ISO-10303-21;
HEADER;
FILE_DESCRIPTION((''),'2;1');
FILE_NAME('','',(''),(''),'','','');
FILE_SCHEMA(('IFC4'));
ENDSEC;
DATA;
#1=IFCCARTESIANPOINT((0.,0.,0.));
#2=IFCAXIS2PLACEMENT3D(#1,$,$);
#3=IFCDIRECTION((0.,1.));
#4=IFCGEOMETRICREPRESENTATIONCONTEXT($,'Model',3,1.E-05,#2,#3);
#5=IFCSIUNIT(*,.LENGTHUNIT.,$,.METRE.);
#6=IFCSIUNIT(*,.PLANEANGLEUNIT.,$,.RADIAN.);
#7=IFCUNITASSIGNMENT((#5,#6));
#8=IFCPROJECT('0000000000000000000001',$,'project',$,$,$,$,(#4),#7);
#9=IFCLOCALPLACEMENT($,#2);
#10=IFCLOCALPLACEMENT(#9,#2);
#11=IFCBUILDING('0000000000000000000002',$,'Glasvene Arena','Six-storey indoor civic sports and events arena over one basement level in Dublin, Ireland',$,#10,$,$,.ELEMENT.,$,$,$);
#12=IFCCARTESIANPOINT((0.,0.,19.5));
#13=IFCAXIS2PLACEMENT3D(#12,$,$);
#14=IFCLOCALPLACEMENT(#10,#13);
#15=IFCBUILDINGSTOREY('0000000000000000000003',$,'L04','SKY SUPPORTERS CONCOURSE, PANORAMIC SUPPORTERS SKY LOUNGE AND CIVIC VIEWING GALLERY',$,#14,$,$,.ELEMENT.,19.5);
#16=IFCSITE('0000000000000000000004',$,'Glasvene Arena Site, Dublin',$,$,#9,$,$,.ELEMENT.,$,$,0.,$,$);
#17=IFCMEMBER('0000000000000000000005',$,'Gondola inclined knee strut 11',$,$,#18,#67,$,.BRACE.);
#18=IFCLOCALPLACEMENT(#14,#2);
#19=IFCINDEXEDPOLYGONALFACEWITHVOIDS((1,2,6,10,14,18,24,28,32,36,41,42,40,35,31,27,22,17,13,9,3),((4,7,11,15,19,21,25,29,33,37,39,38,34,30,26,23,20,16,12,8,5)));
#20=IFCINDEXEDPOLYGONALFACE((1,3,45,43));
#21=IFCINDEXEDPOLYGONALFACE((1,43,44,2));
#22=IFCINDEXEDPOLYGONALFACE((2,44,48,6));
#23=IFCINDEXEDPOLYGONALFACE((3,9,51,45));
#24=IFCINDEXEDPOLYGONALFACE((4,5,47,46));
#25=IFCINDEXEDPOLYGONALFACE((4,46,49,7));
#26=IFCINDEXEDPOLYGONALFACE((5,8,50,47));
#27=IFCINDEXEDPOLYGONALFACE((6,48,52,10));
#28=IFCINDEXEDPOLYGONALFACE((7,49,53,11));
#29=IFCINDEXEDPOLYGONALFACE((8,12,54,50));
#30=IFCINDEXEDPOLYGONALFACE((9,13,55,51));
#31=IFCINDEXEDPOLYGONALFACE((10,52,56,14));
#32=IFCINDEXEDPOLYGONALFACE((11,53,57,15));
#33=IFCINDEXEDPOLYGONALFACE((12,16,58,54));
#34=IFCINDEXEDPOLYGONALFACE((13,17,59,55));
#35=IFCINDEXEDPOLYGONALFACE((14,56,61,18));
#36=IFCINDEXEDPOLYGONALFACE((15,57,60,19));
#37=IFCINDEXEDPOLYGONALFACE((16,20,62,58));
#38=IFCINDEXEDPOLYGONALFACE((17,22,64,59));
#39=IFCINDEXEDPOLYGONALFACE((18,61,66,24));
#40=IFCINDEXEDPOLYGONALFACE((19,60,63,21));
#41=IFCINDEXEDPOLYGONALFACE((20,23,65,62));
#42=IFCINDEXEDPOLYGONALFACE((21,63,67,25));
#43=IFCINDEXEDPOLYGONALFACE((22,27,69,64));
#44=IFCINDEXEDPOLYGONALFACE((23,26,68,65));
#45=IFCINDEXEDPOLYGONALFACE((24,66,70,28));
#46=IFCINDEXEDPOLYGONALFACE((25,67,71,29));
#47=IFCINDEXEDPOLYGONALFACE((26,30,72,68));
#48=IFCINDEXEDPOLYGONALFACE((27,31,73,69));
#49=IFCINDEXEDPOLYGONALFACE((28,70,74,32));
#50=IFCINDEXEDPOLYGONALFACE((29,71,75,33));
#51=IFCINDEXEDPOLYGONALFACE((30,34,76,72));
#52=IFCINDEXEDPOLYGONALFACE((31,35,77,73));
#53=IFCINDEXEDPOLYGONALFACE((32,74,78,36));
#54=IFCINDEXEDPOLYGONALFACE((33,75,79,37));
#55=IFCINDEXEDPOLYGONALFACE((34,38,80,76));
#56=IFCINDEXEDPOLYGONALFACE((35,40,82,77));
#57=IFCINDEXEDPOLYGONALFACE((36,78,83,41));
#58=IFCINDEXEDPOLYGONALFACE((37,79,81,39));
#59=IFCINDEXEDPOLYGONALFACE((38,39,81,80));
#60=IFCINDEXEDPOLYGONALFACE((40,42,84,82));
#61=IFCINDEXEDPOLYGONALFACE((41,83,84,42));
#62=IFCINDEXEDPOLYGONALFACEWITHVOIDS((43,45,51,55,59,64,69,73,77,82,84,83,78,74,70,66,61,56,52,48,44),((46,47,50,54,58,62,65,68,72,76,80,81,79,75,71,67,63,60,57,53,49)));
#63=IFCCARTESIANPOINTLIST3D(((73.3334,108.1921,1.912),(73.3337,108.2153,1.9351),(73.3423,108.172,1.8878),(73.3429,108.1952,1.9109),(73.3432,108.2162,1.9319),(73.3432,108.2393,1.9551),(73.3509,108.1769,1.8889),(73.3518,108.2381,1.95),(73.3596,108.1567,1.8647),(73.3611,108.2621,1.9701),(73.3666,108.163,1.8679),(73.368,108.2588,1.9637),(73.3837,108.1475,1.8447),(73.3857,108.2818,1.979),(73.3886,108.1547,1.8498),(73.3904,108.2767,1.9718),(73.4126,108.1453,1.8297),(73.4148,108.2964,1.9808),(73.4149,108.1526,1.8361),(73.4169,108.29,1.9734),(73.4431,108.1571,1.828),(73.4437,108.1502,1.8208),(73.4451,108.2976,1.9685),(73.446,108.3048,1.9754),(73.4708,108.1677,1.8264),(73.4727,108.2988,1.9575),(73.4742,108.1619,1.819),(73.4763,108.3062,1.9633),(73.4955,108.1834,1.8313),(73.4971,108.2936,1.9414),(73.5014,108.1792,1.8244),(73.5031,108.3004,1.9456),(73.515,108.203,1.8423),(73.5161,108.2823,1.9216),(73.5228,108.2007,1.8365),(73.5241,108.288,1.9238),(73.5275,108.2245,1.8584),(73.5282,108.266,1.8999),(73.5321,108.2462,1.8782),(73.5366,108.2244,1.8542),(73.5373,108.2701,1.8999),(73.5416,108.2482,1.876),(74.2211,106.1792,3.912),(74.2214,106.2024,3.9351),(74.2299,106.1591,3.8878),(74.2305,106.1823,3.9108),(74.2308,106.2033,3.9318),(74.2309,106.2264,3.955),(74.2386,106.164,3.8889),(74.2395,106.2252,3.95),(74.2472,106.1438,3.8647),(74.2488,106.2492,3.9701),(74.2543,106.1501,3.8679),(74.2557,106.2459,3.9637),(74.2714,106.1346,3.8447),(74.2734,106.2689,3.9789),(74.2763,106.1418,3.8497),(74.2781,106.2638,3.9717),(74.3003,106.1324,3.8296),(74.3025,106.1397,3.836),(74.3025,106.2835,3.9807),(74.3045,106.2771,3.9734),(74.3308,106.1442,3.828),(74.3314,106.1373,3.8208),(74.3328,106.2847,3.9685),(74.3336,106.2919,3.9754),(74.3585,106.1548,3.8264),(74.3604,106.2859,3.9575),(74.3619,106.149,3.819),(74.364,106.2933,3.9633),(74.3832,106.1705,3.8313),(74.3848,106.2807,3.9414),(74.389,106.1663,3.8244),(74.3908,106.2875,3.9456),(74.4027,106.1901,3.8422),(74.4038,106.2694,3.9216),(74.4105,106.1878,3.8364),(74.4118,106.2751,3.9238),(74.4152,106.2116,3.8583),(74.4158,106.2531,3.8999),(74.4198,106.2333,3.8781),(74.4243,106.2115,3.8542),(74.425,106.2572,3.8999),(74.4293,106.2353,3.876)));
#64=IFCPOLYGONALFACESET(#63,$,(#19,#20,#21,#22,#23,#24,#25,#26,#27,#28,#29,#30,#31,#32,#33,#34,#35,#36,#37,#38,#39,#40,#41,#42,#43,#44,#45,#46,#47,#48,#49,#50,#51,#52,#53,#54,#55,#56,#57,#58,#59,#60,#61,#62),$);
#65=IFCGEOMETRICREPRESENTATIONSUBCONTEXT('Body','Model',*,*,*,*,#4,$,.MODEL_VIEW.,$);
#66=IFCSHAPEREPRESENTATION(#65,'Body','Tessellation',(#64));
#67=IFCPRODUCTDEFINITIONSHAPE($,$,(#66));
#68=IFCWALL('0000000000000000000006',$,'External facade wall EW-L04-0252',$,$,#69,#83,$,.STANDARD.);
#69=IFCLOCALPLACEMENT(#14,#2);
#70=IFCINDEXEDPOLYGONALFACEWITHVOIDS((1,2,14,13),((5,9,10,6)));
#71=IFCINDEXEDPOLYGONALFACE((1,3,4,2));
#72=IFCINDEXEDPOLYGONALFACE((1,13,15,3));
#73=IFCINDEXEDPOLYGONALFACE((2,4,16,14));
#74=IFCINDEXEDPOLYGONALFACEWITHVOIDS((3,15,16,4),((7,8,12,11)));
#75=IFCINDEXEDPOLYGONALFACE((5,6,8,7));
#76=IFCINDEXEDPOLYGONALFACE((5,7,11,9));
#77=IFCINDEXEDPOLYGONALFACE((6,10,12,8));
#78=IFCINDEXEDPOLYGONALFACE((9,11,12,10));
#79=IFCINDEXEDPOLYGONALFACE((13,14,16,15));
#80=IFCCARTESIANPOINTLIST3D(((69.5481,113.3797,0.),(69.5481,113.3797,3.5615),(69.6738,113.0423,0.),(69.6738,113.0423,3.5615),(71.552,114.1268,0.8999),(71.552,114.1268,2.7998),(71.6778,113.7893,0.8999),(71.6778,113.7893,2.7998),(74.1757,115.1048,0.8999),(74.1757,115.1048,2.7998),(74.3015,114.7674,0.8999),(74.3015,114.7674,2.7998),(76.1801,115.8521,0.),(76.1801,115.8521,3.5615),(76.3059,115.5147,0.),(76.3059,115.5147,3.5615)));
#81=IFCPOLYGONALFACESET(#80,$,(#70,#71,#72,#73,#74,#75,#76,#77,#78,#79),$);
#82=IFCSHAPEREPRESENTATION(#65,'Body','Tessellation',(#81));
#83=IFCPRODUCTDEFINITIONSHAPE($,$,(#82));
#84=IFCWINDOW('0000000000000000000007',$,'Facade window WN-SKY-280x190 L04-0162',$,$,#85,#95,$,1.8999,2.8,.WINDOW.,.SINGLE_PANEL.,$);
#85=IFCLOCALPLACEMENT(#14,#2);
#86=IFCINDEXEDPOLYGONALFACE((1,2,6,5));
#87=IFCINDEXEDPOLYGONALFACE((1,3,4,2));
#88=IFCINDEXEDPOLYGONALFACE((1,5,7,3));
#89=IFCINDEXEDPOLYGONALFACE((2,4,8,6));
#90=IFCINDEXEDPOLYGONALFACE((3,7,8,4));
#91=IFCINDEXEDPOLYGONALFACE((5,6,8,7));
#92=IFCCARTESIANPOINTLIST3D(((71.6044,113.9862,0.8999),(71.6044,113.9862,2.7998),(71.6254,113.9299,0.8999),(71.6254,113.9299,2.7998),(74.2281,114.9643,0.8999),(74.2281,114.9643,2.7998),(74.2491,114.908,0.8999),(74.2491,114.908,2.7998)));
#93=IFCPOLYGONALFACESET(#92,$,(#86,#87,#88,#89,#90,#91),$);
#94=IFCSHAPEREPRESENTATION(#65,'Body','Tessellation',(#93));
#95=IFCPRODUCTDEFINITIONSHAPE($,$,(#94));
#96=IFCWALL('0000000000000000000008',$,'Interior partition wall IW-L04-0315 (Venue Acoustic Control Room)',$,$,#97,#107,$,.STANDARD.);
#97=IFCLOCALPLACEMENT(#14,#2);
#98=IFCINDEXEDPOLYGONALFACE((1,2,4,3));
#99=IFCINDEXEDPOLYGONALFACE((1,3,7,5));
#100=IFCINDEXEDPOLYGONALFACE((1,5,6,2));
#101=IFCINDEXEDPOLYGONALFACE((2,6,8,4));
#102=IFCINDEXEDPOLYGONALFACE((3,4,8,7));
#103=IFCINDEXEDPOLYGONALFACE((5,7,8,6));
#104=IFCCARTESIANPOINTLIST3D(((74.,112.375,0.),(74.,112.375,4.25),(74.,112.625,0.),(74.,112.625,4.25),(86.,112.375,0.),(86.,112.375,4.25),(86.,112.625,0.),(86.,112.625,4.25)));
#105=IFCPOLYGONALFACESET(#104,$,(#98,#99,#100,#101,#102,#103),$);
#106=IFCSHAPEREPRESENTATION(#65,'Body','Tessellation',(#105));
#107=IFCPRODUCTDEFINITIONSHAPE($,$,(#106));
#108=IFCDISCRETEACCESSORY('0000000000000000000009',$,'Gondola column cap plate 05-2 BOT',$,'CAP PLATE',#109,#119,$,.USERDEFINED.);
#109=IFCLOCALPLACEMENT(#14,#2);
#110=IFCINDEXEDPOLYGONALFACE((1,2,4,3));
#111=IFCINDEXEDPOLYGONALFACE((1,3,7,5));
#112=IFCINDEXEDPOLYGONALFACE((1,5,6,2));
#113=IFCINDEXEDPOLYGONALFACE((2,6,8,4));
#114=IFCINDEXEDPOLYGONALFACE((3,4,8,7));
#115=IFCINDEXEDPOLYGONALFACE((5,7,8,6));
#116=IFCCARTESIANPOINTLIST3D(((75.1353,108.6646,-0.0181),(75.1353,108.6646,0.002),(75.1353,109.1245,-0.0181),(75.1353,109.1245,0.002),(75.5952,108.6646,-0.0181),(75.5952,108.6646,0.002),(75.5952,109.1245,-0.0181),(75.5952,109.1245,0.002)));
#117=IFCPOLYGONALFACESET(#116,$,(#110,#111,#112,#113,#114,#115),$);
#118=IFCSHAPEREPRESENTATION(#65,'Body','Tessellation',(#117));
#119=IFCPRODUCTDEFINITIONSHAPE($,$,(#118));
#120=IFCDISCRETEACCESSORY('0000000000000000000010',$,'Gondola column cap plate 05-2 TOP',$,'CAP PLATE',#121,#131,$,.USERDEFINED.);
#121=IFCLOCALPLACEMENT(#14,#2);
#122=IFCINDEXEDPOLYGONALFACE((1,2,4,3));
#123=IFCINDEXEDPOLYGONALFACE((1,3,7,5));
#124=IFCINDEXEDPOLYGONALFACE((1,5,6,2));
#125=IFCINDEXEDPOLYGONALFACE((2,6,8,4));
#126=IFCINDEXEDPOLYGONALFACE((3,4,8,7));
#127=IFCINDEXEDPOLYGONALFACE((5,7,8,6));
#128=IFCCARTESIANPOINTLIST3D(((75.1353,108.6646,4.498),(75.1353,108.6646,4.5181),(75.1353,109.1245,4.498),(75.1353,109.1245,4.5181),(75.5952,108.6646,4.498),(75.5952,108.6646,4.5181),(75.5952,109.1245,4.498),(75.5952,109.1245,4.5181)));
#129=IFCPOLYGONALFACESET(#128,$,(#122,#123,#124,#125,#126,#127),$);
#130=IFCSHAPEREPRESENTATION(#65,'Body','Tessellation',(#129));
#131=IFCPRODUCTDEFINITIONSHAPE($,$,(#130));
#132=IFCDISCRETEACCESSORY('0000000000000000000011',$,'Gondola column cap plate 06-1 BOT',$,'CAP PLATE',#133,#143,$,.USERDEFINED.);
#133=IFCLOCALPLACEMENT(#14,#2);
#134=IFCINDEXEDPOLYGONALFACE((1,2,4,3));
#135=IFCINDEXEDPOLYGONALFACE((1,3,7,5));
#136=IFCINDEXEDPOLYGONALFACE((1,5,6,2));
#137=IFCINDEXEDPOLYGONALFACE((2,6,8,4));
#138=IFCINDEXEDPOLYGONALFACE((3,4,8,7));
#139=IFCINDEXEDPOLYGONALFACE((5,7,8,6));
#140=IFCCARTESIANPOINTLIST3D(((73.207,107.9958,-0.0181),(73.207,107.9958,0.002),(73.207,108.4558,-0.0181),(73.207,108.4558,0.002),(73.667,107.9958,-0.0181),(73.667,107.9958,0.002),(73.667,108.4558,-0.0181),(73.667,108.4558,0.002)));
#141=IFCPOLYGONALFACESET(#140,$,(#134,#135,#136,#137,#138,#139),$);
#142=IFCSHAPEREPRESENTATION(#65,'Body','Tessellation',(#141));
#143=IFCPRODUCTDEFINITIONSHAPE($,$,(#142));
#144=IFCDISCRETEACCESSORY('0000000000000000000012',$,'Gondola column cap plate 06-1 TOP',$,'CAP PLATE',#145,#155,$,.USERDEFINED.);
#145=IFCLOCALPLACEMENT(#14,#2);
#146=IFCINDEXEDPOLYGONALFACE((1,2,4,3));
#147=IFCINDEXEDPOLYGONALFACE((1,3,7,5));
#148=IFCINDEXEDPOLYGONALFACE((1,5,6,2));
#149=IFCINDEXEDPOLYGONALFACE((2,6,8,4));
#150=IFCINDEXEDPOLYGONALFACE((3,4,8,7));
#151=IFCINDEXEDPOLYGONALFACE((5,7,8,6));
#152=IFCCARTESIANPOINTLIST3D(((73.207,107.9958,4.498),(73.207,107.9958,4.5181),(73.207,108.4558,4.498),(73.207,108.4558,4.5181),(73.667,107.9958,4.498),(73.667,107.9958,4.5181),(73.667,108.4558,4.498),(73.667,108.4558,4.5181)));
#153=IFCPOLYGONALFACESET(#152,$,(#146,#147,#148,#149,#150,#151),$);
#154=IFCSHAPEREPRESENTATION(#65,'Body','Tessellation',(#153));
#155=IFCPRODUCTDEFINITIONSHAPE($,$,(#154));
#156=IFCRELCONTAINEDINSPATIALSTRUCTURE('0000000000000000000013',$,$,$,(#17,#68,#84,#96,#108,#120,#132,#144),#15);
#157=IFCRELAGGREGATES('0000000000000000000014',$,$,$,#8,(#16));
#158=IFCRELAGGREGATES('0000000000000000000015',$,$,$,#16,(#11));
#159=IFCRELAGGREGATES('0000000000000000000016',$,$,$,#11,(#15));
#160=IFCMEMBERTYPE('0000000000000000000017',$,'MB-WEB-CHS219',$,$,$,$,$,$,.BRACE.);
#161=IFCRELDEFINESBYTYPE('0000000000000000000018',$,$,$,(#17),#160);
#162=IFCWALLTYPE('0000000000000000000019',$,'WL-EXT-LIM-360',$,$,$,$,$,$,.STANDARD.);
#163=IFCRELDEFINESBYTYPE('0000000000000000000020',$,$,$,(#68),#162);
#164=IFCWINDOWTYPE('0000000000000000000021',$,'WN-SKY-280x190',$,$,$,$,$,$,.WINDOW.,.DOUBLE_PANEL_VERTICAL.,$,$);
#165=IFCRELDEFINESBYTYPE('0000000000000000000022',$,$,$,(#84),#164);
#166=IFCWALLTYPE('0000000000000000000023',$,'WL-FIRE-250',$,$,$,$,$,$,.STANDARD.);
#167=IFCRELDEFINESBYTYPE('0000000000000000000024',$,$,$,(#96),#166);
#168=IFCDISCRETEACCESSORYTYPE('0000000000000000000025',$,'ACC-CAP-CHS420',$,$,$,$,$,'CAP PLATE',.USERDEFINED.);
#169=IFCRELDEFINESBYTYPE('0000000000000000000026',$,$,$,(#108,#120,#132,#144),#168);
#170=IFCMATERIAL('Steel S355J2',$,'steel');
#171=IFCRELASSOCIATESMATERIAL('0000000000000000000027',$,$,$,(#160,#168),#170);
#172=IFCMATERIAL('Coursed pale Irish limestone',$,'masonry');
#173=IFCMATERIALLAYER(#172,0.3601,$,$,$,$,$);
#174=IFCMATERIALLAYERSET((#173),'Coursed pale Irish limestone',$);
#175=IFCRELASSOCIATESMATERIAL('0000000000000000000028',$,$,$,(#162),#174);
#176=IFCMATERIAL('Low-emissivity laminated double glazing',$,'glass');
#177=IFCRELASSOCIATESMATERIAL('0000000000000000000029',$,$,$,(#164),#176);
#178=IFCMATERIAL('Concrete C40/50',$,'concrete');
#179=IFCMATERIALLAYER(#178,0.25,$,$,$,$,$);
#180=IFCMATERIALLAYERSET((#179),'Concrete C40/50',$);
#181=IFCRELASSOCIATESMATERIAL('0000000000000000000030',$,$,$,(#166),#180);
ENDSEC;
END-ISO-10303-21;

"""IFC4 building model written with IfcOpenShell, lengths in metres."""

from ifc_helpers import new_model, si_unit, direction, frame, frame_2d, origin, origin_2d, place, context, subcontext, project, spatial, rectangle, hollow_circle, extrude, material, layer, layer_set, material_profile, profile_set, type_object, element, fill, save


model = new_model("IFC4")

# Units and contexts
model_context = context("Model", 3, precision=1e-05, world=origin(), true_north=direction((0.0, 1.0)))
body_context = subcontext(model_context, "Body", "Model", "MODEL_VIEW")
ifc_project = project(units=[si_unit("LENGTHUNIT", "METRE"), si_unit("PLANEANGLEUNIT", "RADIAN")], contexts=[model_context])

# Site, building, storey
site_placement = place(None, origin())
site = spatial("IfcSite", under=ifc_project, at=site_placement, Name="Glasvene Arena Site, Dublin", CompositionType="ELEMENT", RefElevation=0.0)
building_placement = place(site_placement, origin())
building = spatial("IfcBuilding", under=site, at=building_placement, Name="Glasvene Arena", Description="Six-storey indoor civic sports and events arena over one basement level in Dublin, Ireland", CompositionType="ELEMENT")
storey_placement = place(building_placement, frame((0.0, 0.0, 19.5)))
storey = spatial("IfcBuildingStorey", under=building, at=storey_placement, Name="L04", Description="SKY SUPPORTERS CONCOURSE, PANORAMIC SUPPORTERS SKY LOUNGE AND CIVIC VIEWING GALLERY", CompositionType="ELEMENT", Elevation=19.5)

# Shared definitions
ifc_material_1 = material(Name="Steel S355J2", Category="steel")

# Member
ifc_material_profile_1 = material_profile(ifc_material_1, hollow_circle(Radius=0.1096, WallThickness=0.01, at=origin_2d()), Name="CHS 219.1x10.0")
ifc_profile_set_1 = profile_set([ifc_material_profile_1], Name="Steel S355J2")
member_type = type_object("IfcMemberType", Name="MB-WEB-CHS219", PredefinedType="BRACE", material=ifc_profile_set_1)
for number, where, z_axis, x_axis, name in (
    (1, (73.437, 108.2258, 1.8999), (0.298565, -0.677028, 0.672676), (0.914979, 0.403501, 0.0), "Gondola inclined knee strut 11"),
):
    element("IfcMember", number, at=place(storey_placement, frame(where, z_axis=z_axis, x_axis=x_axis)), inside=storey, type_object=member_type, Name=name, PredefinedType="BRACE", context=body_context, shape_type="SweptSolid", body=[
        extrude(hollow_circle(Radius=0.1096, WallThickness=0.01, at=origin_2d()), origin(), (0.0, 0.0, 1.0), 2.9731),
    ])

# Shared definitions
ifc_material_2 = material(Name="Concrete C40/50", Category="concrete")

# Wall, opening, window
ifc_material_3 = material(Name="Coursed pale Irish limestone", Category="masonry")
ifc_layer_1 = layer(ifc_material_3, 0.3601)
ifc_layer_set_1 = layer_set([ifc_layer_1], Name="Coursed pale Irish limestone")
wall_type_1 = type_object("IfcWallType", Name="WL-EXT-LIM-360", PredefinedType="STANDARD", material=ifc_layer_set_1)
wall_1_placement = place(storey_placement, frame((69.6108, 113.2109, 0.0), z_axis=(0.0, 0.0, 1.0), x_axis=(0.937006, 0.349312, 0.0)))
wall_1 = element("IfcWall", 2, at=wall_1_placement, inside=storey, type_object=wall_type_1, Name="External facade wall EW-L04-0252", PredefinedType="STANDARD", context=body_context, shape_type="SweptSolid", body=[
    extrude(rectangle(XDim=7.0779, YDim=0.3601, at=frame_2d((3.5391, 0.0))), origin(), (0.0, 0.0, 1.0), 3.5615),
])
opening_placement = place(wall_1_placement, frame((2.1389, 0.0, 0.8999)))
opening = element("IfcOpeningElement", 3, at=opening_placement, cuts=wall_1, PredefinedType="OPENING", context=body_context, shape_type="SweptSolid", body=[
    extrude(rectangle(XDim=2.8, YDim=1.8999, at=frame_2d((1.3999, 0.95))), frame((0.0, 0.1899, 0.0), z_axis=(0.0, -1.0, 0.0), x_axis=(1.0, 0.0, 0.0)), (0.0, 0.0, 1.0), 0.3801),
])
ifc_material_4 = material(Name="Low-emissivity laminated double glazing", Category="glass")
window_type = type_object("IfcWindowType", Name="WN-SKY-280x190", PartitioningType="DOUBLE_PANEL_VERTICAL", PredefinedType="WINDOW", material=ifc_material_4)
window_placement = place(opening_placement, origin())
window = element("IfcWindow", 4, at=window_placement, inside=storey, type_object=window_type, Name="Facade window WN-SKY-280x190 L04-0162", OverallHeight=1.8999, OverallWidth=2.8, PartitioningType="SINGLE_PANEL", PredefinedType="WINDOW", context=body_context, shape_type="SweptSolid", body=[
    extrude(rectangle(XDim=2.8, YDim=1.8999, at=frame_2d((1.3999, 0.95))), frame((0.0, 0.03, 0.0), z_axis=(0.0, -1.0, 0.0), x_axis=(1.0, 0.0, 0.0)), (0.0, 0.0, 1.0), 0.0601),
])
fill(opening, window)

# Wall
ifc_layer_2 = layer(ifc_material_2, 0.25)
ifc_layer_set_2 = layer_set([ifc_layer_2], Name="Concrete C40/50")
wall_type_2 = type_object("IfcWallType", Name="WL-FIRE-250", PredefinedType="STANDARD", material=ifc_layer_set_2)
wall_2_placement = place(storey_placement, frame((74.0, 112.5, 0.0), z_axis=(0.0, 0.0, 1.0), x_axis=(1.0, 0.0, 0.0)))
element("IfcWall", 5, at=wall_2_placement, inside=storey, type_object=wall_type_2, Name="Interior partition wall IW-L04-0315 (Venue Acoustic Control Room)", PredefinedType="STANDARD", context=body_context, shape_type="SweptSolid", body=[
    extrude(rectangle(XDim=12.0, YDim=0.25, at=frame_2d((6.0, 0.0))), origin(), (0.0, 0.0, 1.0), 4.25),
])

# Discrete accessories
discrete_accessory_type = type_object("IfcDiscreteAccessoryType", Name="ACC-CAP-CHS420", ElementType="CAP PLATE", PredefinedType="USERDEFINED", material=ifc_material_1)
for number, where, z_axis, x_axis, name in (
    (6, (75.3652, 108.8945, -0.0181), (0.0, 0.0, 1.0), (1.0, 0.0, 0.0), "Gondola column cap plate 05-2 BOT"),
    (7, (75.3652, 108.8945, 4.498), (0.0, 0.0, 1.0), (1.0, 0.0, 0.0), "Gondola column cap plate 05-2 TOP"),
    (8, (73.437, 108.2258, -0.0181), (0.0, 0.0, 1.0), (1.0, 0.0, 0.0), "Gondola column cap plate 06-1 BOT"),
    (9, (73.437, 108.2258, 4.498), (0.0, 0.0, 1.0), (1.0, 0.0, 0.0), "Gondola column cap plate 06-1 TOP"),
):
    element("IfcDiscreteAccessory", number, at=place(storey_placement, frame(where, z_axis=z_axis, x_axis=x_axis)), inside=storey, type_object=discrete_accessory_type, Name=name, ObjectType="CAP PLATE", PredefinedType="USERDEFINED", context=body_context, shape_type="SweptSolid", body=[
        extrude(rectangle(XDim=0.46, YDim=0.46, at=origin_2d()), origin(), (0.0, 0.0, 1.0), 0.02),
    ])

save(model, "model.ifc")
